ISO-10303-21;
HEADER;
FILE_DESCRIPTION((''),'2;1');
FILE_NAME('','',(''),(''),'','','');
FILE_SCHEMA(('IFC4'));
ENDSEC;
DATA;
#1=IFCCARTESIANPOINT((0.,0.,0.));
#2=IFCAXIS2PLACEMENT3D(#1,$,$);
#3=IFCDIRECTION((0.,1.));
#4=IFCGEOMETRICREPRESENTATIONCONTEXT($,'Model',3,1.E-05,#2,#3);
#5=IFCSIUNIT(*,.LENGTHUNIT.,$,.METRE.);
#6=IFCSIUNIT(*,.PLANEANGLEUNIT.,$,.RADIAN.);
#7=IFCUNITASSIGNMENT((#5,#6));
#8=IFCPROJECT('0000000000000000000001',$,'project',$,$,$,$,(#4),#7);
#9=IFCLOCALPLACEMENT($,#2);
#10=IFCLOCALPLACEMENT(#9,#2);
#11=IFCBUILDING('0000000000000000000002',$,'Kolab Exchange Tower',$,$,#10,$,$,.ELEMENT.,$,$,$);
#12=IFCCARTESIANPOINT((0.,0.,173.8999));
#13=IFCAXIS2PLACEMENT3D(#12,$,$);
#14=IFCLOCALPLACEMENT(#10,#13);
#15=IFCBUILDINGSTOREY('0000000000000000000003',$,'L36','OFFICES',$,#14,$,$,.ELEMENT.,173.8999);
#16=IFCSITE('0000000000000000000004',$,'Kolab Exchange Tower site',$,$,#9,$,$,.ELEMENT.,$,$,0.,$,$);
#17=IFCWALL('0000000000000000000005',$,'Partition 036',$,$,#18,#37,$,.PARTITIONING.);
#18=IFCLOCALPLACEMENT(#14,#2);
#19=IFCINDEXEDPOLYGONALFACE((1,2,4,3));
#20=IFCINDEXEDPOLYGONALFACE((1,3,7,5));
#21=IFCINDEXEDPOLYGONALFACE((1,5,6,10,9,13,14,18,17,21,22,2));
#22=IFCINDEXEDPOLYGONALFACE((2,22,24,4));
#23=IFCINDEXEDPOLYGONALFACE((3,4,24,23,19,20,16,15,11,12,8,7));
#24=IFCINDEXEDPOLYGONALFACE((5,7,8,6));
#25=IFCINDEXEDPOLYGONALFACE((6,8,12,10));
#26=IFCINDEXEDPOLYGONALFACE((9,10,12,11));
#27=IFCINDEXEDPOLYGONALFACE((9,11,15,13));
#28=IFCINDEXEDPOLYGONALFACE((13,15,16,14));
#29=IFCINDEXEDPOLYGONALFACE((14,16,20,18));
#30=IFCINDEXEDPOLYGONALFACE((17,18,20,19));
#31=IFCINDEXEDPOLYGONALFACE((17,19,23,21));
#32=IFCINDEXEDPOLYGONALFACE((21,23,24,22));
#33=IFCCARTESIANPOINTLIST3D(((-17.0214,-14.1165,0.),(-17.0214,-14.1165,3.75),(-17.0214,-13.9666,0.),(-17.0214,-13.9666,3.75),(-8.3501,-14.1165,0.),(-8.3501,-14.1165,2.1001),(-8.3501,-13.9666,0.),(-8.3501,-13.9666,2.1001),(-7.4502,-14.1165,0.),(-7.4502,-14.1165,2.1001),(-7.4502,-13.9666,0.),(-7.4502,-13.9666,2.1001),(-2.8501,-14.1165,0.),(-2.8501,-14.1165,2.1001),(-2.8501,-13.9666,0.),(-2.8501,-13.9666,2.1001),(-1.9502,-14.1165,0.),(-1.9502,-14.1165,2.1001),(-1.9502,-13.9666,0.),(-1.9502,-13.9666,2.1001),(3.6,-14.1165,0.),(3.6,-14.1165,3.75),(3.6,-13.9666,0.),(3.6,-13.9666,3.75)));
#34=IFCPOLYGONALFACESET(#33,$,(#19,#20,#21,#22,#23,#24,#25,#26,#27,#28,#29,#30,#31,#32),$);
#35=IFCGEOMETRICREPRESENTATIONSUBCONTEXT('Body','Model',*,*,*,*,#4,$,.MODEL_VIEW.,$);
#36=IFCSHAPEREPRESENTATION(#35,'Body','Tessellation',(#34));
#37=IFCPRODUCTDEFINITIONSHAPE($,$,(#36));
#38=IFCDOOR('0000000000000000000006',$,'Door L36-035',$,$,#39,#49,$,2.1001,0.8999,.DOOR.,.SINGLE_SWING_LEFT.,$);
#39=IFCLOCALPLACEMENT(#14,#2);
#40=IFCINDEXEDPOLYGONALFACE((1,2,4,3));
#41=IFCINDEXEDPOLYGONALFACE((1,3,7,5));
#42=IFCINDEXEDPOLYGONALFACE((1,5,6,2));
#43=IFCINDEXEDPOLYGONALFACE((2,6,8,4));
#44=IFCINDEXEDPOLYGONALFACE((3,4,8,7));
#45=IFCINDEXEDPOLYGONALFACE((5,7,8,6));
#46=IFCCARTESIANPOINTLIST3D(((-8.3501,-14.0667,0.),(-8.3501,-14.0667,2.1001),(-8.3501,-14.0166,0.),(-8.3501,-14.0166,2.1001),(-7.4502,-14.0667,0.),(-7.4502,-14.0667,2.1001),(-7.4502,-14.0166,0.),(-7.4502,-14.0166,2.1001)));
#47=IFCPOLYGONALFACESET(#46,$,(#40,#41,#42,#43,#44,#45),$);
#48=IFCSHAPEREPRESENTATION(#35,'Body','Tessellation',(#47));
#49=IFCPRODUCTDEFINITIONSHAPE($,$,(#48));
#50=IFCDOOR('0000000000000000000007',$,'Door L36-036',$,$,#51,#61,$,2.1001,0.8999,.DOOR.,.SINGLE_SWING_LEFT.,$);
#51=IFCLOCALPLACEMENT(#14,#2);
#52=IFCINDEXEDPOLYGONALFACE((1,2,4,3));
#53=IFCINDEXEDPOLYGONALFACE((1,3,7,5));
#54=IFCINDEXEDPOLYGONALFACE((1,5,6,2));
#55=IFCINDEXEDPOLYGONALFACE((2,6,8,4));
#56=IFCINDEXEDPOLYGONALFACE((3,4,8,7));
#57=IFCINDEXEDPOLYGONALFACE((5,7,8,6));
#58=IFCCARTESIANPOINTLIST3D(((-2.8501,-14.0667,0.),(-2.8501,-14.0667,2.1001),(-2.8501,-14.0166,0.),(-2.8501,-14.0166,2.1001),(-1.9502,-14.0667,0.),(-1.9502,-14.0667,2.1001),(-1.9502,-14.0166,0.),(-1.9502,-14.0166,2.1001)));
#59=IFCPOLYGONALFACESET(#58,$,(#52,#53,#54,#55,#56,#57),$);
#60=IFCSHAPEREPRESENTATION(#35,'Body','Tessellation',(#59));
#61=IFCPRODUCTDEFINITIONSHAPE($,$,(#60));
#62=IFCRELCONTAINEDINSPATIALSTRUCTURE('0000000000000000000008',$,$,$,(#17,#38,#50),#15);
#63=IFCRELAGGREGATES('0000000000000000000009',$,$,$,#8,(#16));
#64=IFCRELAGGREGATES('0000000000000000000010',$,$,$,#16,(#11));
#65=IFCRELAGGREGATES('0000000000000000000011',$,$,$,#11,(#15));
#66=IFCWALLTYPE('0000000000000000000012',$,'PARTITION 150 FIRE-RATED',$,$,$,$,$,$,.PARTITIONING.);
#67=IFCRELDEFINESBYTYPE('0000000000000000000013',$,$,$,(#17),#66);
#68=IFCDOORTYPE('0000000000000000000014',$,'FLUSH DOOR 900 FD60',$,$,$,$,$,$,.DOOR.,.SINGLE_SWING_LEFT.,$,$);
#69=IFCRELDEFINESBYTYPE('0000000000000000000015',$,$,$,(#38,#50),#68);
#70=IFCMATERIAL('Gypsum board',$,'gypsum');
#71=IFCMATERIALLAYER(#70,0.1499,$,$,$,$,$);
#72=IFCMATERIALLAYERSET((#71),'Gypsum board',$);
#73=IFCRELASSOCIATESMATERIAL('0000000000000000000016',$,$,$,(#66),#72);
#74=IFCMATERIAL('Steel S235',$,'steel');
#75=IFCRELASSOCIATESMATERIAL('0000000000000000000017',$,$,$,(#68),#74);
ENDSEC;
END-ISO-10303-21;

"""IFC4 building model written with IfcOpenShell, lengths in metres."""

from ifc_helpers import new_model, si_unit, direction, frame, frame_2d, origin, place, context, subcontext, project, spatial, rectangle, extrude, material, layer, layer_set, type_object, element, fill, save


model = new_model("IFC4")

# Units and contexts
model_context = context("Model", 3, precision=1e-05, world=origin(), true_north=direction((0.0, 1.0)))
body_context = subcontext(model_context, "Body", "Model", "MODEL_VIEW")
ifc_project = project(units=[si_unit("LENGTHUNIT", "METRE"), si_unit("PLANEANGLEUNIT", "RADIAN")], contexts=[model_context])

# Site, building, storey
site_placement = place(None, origin())
site = spatial("IfcSite", under=ifc_project, at=site_placement, Name="Kolab Exchange Tower site", CompositionType="ELEMENT", RefElevation=0.0)
building_placement = place(site_placement, origin())
building = spatial("IfcBuilding", under=site, at=building_placement, Name="Kolab Exchange Tower", CompositionType="ELEMENT")
storey_placement = place(building_placement, frame((0.0, 0.0, 173.8999)))
storey = spatial("IfcBuildingStorey", under=building, at=storey_placement, Name="L36", Description="OFFICES", CompositionType="ELEMENT", Elevation=173.8999)

# Shared definitions
ifc_material_1 = material(Name="Gypsum board", Category="gypsum")

# Wall, openings, doors
ifc_layer_1 = layer(ifc_material_1, 0.1499)
ifc_layer_set_1 = layer_set([ifc_layer_1], Name="Gypsum board")
wall_type_1 = type_object("IfcWallType", Name="PARTITION 150 FIRE-RATED", PredefinedType="PARTITIONING", material=ifc_layer_set_1)
ifc_material_2 = material(Name="Steel S235", Category="steel")
wall_1_placement = place(storey_placement, frame((-17.0212, -14.0415, 0.0), z_axis=(0.0, 0.0, 1.0), x_axis=(1.0, 0.0, 0.0)))
wall_1 = element("IfcWall", 1, at=wall_1_placement, inside=storey, type_object=wall_type_1, Name="Partition 036", PredefinedType="PARTITIONING", context=body_context, shape_type="SweptSolid", body=[
    extrude(rectangle(XDim=20.6213, YDim=0.1499, at=frame_2d((10.3105, 0.0))), origin(), (0.0, 0.0, 1.0), 3.75),
])
opening_1_placement = place(wall_1_placement, frame((8.6711, 0.0, 0.0)))
opening_1 = element("IfcOpeningElement", 2, at=opening_1_placement, cuts=wall_1, PredefinedType="OPENING", context=body_context, shape_type="SweptSolid", body=[
    extrude(rectangle(XDim=0.8999, YDim=2.1001, at=frame_2d((0.45, 1.05))), frame((0.0, 0.085, 0.0), z_axis=(0.0, -1.0, 0.0), x_axis=(1.0, 0.0, 0.0)), (0.0, 0.0, 1.0), 0.1699),
])
opening_2_placement = place(wall_1_placement, frame((14.1711, 0.0, 0.0)))
opening_2 = element("IfcOpeningElement", 3, at=opening_2_placement, cuts=wall_1, PredefinedType="OPENING", context=body_context, shape_type="SweptSolid", body=[
    extrude(rectangle(XDim=0.8999, YDim=2.1001, at=frame_2d((0.45, 1.05))), frame((0.0, 0.085, 0.0), z_axis=(0.0, -1.0, 0.0), x_axis=(1.0, 0.0, 0.0)), (0.0, 0.0, 1.0), 0.1699),
])
door_type_1 = type_object("IfcDoorType", Name="FLUSH DOOR 900 FD60", OperationType="SINGLE_SWING_LEFT", PredefinedType="DOOR", material=ifc_material_2)
door_1_placement = place(opening_1_placement, origin())
door_1 = element("IfcDoor", 4, at=door_1_placement, inside=storey, type_object=door_type_1, Name="Door L36-035", OperationType="SINGLE_SWING_LEFT", OverallHeight=2.1001, OverallWidth=0.8999, PredefinedType="DOOR", context=body_context, shape_type="SweptSolid", body=[
    extrude(rectangle(XDim=0.8999, YDim=2.1001, at=frame_2d((0.45, 1.05))), frame((0.0, 0.0249, 0.0), z_axis=(0.0, -1.0, 0.0), x_axis=(1.0, 0.0, 0.0)), (0.0, 0.0, 1.0), 0.05),
])
fill(opening_1, door_1)
door_2_placement = place(opening_2_placement, origin())
door_2 = element("IfcDoor", 5, at=door_2_placement, inside=storey, type_object=door_type_1, Name="Door L36-036", OperationType="SINGLE_SWING_LEFT", OverallHeight=2.1001, OverallWidth=0.8999, PredefinedType="DOOR", context=body_context, shape_type="SweptSolid", body=[
    extrude(rectangle(XDim=0.8999, YDim=2.1001, at=frame_2d((0.45, 1.05))), frame((0.0, 0.0249, 0.0), z_axis=(0.0, -1.0, 0.0), x_axis=(1.0, 0.0, 0.0)), (0.0, 0.0, 1.0), 0.05),
])
fill(opening_2, door_2)

save(model, "model.ifc")
